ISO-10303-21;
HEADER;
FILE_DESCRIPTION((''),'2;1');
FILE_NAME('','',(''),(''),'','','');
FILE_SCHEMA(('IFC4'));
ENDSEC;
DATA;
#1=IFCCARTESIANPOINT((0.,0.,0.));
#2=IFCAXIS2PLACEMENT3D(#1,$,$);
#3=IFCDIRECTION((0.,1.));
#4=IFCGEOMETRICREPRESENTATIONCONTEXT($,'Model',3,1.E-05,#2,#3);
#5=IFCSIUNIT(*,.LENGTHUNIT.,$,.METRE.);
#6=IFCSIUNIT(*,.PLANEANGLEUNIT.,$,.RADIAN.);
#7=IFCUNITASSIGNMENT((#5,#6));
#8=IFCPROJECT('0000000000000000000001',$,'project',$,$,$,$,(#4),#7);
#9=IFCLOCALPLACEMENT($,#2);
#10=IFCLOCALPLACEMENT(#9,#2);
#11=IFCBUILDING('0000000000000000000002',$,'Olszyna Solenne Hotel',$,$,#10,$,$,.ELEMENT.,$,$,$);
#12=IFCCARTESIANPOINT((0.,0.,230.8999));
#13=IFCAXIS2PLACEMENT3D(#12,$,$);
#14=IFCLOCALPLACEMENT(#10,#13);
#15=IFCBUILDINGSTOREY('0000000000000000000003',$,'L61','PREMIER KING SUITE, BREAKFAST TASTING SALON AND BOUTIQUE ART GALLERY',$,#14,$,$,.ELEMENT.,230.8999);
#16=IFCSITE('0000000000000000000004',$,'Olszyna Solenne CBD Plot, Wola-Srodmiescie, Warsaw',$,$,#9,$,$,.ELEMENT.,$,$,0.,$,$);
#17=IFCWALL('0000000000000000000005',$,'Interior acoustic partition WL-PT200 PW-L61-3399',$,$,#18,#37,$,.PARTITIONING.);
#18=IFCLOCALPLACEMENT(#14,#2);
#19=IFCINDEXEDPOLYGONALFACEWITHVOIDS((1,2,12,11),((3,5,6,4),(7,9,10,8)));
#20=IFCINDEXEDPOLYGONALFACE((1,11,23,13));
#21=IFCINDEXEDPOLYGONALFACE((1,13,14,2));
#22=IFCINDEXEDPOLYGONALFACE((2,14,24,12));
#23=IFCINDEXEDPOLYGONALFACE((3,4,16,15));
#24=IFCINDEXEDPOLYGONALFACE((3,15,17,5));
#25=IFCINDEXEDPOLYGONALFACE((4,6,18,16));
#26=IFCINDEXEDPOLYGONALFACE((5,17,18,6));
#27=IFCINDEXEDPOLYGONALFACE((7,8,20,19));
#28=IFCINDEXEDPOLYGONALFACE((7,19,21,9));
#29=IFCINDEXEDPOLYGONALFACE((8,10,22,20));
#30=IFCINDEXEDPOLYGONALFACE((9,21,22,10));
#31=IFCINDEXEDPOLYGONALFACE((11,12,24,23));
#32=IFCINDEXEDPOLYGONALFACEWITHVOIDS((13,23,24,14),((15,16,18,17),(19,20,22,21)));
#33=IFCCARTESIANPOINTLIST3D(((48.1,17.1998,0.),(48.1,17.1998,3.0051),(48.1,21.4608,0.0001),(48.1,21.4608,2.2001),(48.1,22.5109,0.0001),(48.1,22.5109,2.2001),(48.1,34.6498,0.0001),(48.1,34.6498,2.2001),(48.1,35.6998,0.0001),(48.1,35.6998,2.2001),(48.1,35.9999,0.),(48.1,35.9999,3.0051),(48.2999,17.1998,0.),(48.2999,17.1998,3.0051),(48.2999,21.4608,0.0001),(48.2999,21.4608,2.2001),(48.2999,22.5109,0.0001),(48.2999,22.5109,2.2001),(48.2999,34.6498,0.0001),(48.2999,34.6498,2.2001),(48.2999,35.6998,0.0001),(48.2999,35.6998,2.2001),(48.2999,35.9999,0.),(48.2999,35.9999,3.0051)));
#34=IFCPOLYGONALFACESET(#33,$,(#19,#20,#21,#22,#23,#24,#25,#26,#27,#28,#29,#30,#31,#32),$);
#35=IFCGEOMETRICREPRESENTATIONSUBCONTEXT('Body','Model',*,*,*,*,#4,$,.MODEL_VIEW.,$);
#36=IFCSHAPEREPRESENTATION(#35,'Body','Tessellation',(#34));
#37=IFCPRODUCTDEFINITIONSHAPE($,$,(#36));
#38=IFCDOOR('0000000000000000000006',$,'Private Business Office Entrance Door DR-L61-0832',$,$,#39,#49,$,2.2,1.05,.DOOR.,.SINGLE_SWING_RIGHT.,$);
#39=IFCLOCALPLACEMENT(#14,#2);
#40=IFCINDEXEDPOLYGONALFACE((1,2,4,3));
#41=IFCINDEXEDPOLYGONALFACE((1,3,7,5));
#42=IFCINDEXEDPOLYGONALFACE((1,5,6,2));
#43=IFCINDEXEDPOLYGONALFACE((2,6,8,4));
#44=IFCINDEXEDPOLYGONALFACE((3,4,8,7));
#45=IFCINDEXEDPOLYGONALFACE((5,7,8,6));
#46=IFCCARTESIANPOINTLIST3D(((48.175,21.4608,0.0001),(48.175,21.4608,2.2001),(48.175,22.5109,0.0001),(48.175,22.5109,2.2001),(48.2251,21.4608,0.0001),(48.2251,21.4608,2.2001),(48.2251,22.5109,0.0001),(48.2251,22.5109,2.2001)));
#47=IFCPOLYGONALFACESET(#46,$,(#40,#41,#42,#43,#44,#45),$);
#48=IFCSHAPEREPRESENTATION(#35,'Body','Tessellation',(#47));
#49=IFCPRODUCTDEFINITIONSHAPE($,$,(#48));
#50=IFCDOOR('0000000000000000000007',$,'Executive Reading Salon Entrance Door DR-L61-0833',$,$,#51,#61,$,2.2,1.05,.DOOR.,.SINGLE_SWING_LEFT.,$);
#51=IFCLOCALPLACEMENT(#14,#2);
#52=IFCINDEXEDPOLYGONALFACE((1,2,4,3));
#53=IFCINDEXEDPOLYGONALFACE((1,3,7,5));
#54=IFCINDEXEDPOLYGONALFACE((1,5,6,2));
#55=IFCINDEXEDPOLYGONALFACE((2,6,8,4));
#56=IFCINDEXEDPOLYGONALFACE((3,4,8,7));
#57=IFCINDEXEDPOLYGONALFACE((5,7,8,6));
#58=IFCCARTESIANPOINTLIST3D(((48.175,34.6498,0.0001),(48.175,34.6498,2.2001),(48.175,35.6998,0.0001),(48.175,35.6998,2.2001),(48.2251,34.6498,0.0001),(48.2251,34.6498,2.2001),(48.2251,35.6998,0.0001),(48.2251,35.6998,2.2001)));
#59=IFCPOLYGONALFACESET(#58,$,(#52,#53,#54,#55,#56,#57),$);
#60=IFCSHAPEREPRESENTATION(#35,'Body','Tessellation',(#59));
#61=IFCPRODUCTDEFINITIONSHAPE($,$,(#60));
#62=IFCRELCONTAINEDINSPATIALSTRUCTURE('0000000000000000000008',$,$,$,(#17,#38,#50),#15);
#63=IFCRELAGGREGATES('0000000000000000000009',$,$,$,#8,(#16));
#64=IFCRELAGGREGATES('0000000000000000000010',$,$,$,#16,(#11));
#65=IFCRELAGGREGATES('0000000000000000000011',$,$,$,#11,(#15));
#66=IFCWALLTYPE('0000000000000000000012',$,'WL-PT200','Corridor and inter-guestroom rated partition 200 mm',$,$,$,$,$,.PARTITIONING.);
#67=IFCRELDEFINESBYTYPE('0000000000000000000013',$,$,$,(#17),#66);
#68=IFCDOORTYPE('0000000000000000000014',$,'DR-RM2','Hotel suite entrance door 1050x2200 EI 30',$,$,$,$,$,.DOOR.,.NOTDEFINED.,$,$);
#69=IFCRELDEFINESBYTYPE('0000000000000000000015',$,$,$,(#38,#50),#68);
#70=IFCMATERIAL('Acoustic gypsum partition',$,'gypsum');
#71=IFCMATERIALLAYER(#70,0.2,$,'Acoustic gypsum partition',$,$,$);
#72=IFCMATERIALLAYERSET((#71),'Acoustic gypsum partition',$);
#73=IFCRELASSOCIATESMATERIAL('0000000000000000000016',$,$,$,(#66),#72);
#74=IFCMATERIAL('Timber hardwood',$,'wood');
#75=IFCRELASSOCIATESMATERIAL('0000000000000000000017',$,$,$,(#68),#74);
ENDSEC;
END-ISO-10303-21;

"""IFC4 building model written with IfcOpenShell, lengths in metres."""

from ifc_helpers import new_model, si_unit, direction, frame, frame_2d, origin, place, context, subcontext, project, spatial, rectangle, extrude, source, transform, mapped, material, layer, layer_set, type_object, type_shapes, element, fill, save


model = new_model("IFC4")

# Units and contexts
model_context = context("Model", 3, precision=1e-05, world=origin(), true_north=direction((0.0, 1.0)))
body_context = subcontext(model_context, "Body", "Model", "MODEL_VIEW")
ifc_project = project(units=[si_unit("LENGTHUNIT", "METRE"), si_unit("PLANEANGLEUNIT", "RADIAN")], contexts=[model_context])

# Site, building, storey
site_placement = place(None, origin())
site = spatial("IfcSite", under=ifc_project, at=site_placement, Name="Olszyna Solenne CBD Plot, Wola-Srodmiescie, Warsaw", CompositionType="ELEMENT", RefElevation=0.0)
building_placement = place(site_placement, origin())
building = spatial("IfcBuilding", under=site, at=building_placement, Name="Olszyna Solenne Hotel", CompositionType="ELEMENT")
storey_placement = place(building_placement, frame((0.0, 0.0, 230.8999)))
storey = spatial("IfcBuildingStorey", under=building, at=storey_placement, Name="L61", Description="PREMIER KING SUITE, BREAKFAST TASTING SALON AND BOUTIQUE ART GALLERY", CompositionType="ELEMENT", Elevation=230.8999)

# Shared definitions
ifc_material_1 = material(Name="Acoustic gypsum partition", Category="gypsum")

# Shared definitions
ifc_layer_1 = layer(ifc_material_1, 0.2, Name="Acoustic gypsum partition")
ifc_layer_set_1 = layer_set([ifc_layer_1], Name="Acoustic gypsum partition")
wall_type_1 = type_object("IfcWallType", Name="WL-PT200", Description="Corridor and inter-guestroom rated partition 200 mm", PredefinedType="PARTITIONING", material=ifc_layer_set_1)

# Wall, openings, doors
wall_1_placement = place(storey_placement, frame((48.2, 17.2, 0.0), z_axis=(0.0, 0.0, 1.0), x_axis=(0.0, 1.0, 0.0)))
wall_1 = element("IfcWall", 1, at=wall_1_placement, inside=storey, type_object=wall_type_1, Name="Interior acoustic partition WL-PT200 PW-L61-3399", PredefinedType="PARTITIONING", context=body_context, shape_type="SweptSolid", body=[
    extrude(rectangle(XDim=18.8, YDim=0.2, at=frame_2d((9.3999, 0.0))), origin(), (0.0, 0.0, 1.0), 3.0051),
])
opening_1_placement = place(wall_1_placement, frame((4.261, 0.0, 0.0)))
opening_1 = element("IfcOpeningElement", 2, at=opening_1_placement, cuts=wall_1, PredefinedType="OPENING", context=body_context, shape_type="SweptSolid", body=[
    extrude(rectangle(XDim=1.05, YDim=2.2, at=frame_2d((0.5249, 1.1001))), frame((0.0, 0.1099, 0.0), z_axis=(0.0, -1.0, 0.0), x_axis=(1.0, 0.0, 0.0)), (0.0, 0.0, 1.0), 0.22),
])
opening_2_placement = place(wall_1_placement, frame((17.45, 0.0, 0.0)))
opening_2 = element("IfcOpeningElement", 3, at=opening_2_placement, cuts=wall_1, PredefinedType="OPENING", context=body_context, shape_type="SweptSolid", body=[
    extrude(rectangle(XDim=1.05, YDim=2.2, at=frame_2d((0.5249, 1.1001))), frame((0.0, 0.1099, 0.0), z_axis=(0.0, -1.0, 0.0), x_axis=(1.0, 0.0, 0.0)), (0.0, 0.0, 1.0), 0.22),
])
ifc_material_2 = material(Name="Timber hardwood", Category="wood")
door_type_1 = type_object("IfcDoorType", Name="DR-RM2", Description="Hotel suite entrance door 1050x2200 EI 30", OperationType="NOTDEFINED", PredefinedType="DOOR", material=ifc_material_2)
shared_shape_1 = source(origin(), body_context, "Body", "SweptSolid", [
    extrude(rectangle(XDim=1.05, YDim=2.2, at=frame_2d((0.5249, 1.1001))), frame((0.0, 0.0249, 0.0), z_axis=(0.0, -1.0, 0.0), x_axis=(1.0, 0.0, 0.0)), (0.0, 0.0, 1.0), 0.05),
])
type_shapes(door_type_1, [shared_shape_1])
door_1_placement = place(opening_1_placement, origin())
door_1 = element("IfcDoor", 4, at=door_1_placement, inside=storey, type_object=door_type_1, Name="Private Business Office Entrance Door DR-L61-0832", OperationType="SINGLE_SWING_RIGHT", OverallHeight=2.2, OverallWidth=1.05, PredefinedType="DOOR", context=body_context, shape_type="MappedRepresentation", body=[
    mapped(shared_shape_1, transform((0.0, 0.0, 0.0), x_axis=(1.0, 0.0, 0.0), y_axis=(0.0, 1.0, 0.0), z_axis=(0.0, 0.0, 1.0), scale=1.0)),
])
fill(opening_1, door_1)
door_2_placement = place(opening_2_placement, origin())
door_2 = element("IfcDoor", 5, at=door_2_placement, inside=storey, type_object=door_type_1, Name="Executive Reading Salon Entrance Door DR-L61-0833", OperationType="SINGLE_SWING_LEFT", OverallHeight=2.2, OverallWidth=1.05, PredefinedType="DOOR", context=body_context, shape_type="MappedRepresentation", body=[
    mapped(shared_shape_1, transform((0.0, 0.0, 0.0), x_axis=(1.0, 0.0, 0.0), y_axis=(0.0, 1.0, 0.0), z_axis=(0.0, 0.0, 1.0), scale=1.0)),
])
fill(opening_2, door_2)

save(model, "model.ifc")
